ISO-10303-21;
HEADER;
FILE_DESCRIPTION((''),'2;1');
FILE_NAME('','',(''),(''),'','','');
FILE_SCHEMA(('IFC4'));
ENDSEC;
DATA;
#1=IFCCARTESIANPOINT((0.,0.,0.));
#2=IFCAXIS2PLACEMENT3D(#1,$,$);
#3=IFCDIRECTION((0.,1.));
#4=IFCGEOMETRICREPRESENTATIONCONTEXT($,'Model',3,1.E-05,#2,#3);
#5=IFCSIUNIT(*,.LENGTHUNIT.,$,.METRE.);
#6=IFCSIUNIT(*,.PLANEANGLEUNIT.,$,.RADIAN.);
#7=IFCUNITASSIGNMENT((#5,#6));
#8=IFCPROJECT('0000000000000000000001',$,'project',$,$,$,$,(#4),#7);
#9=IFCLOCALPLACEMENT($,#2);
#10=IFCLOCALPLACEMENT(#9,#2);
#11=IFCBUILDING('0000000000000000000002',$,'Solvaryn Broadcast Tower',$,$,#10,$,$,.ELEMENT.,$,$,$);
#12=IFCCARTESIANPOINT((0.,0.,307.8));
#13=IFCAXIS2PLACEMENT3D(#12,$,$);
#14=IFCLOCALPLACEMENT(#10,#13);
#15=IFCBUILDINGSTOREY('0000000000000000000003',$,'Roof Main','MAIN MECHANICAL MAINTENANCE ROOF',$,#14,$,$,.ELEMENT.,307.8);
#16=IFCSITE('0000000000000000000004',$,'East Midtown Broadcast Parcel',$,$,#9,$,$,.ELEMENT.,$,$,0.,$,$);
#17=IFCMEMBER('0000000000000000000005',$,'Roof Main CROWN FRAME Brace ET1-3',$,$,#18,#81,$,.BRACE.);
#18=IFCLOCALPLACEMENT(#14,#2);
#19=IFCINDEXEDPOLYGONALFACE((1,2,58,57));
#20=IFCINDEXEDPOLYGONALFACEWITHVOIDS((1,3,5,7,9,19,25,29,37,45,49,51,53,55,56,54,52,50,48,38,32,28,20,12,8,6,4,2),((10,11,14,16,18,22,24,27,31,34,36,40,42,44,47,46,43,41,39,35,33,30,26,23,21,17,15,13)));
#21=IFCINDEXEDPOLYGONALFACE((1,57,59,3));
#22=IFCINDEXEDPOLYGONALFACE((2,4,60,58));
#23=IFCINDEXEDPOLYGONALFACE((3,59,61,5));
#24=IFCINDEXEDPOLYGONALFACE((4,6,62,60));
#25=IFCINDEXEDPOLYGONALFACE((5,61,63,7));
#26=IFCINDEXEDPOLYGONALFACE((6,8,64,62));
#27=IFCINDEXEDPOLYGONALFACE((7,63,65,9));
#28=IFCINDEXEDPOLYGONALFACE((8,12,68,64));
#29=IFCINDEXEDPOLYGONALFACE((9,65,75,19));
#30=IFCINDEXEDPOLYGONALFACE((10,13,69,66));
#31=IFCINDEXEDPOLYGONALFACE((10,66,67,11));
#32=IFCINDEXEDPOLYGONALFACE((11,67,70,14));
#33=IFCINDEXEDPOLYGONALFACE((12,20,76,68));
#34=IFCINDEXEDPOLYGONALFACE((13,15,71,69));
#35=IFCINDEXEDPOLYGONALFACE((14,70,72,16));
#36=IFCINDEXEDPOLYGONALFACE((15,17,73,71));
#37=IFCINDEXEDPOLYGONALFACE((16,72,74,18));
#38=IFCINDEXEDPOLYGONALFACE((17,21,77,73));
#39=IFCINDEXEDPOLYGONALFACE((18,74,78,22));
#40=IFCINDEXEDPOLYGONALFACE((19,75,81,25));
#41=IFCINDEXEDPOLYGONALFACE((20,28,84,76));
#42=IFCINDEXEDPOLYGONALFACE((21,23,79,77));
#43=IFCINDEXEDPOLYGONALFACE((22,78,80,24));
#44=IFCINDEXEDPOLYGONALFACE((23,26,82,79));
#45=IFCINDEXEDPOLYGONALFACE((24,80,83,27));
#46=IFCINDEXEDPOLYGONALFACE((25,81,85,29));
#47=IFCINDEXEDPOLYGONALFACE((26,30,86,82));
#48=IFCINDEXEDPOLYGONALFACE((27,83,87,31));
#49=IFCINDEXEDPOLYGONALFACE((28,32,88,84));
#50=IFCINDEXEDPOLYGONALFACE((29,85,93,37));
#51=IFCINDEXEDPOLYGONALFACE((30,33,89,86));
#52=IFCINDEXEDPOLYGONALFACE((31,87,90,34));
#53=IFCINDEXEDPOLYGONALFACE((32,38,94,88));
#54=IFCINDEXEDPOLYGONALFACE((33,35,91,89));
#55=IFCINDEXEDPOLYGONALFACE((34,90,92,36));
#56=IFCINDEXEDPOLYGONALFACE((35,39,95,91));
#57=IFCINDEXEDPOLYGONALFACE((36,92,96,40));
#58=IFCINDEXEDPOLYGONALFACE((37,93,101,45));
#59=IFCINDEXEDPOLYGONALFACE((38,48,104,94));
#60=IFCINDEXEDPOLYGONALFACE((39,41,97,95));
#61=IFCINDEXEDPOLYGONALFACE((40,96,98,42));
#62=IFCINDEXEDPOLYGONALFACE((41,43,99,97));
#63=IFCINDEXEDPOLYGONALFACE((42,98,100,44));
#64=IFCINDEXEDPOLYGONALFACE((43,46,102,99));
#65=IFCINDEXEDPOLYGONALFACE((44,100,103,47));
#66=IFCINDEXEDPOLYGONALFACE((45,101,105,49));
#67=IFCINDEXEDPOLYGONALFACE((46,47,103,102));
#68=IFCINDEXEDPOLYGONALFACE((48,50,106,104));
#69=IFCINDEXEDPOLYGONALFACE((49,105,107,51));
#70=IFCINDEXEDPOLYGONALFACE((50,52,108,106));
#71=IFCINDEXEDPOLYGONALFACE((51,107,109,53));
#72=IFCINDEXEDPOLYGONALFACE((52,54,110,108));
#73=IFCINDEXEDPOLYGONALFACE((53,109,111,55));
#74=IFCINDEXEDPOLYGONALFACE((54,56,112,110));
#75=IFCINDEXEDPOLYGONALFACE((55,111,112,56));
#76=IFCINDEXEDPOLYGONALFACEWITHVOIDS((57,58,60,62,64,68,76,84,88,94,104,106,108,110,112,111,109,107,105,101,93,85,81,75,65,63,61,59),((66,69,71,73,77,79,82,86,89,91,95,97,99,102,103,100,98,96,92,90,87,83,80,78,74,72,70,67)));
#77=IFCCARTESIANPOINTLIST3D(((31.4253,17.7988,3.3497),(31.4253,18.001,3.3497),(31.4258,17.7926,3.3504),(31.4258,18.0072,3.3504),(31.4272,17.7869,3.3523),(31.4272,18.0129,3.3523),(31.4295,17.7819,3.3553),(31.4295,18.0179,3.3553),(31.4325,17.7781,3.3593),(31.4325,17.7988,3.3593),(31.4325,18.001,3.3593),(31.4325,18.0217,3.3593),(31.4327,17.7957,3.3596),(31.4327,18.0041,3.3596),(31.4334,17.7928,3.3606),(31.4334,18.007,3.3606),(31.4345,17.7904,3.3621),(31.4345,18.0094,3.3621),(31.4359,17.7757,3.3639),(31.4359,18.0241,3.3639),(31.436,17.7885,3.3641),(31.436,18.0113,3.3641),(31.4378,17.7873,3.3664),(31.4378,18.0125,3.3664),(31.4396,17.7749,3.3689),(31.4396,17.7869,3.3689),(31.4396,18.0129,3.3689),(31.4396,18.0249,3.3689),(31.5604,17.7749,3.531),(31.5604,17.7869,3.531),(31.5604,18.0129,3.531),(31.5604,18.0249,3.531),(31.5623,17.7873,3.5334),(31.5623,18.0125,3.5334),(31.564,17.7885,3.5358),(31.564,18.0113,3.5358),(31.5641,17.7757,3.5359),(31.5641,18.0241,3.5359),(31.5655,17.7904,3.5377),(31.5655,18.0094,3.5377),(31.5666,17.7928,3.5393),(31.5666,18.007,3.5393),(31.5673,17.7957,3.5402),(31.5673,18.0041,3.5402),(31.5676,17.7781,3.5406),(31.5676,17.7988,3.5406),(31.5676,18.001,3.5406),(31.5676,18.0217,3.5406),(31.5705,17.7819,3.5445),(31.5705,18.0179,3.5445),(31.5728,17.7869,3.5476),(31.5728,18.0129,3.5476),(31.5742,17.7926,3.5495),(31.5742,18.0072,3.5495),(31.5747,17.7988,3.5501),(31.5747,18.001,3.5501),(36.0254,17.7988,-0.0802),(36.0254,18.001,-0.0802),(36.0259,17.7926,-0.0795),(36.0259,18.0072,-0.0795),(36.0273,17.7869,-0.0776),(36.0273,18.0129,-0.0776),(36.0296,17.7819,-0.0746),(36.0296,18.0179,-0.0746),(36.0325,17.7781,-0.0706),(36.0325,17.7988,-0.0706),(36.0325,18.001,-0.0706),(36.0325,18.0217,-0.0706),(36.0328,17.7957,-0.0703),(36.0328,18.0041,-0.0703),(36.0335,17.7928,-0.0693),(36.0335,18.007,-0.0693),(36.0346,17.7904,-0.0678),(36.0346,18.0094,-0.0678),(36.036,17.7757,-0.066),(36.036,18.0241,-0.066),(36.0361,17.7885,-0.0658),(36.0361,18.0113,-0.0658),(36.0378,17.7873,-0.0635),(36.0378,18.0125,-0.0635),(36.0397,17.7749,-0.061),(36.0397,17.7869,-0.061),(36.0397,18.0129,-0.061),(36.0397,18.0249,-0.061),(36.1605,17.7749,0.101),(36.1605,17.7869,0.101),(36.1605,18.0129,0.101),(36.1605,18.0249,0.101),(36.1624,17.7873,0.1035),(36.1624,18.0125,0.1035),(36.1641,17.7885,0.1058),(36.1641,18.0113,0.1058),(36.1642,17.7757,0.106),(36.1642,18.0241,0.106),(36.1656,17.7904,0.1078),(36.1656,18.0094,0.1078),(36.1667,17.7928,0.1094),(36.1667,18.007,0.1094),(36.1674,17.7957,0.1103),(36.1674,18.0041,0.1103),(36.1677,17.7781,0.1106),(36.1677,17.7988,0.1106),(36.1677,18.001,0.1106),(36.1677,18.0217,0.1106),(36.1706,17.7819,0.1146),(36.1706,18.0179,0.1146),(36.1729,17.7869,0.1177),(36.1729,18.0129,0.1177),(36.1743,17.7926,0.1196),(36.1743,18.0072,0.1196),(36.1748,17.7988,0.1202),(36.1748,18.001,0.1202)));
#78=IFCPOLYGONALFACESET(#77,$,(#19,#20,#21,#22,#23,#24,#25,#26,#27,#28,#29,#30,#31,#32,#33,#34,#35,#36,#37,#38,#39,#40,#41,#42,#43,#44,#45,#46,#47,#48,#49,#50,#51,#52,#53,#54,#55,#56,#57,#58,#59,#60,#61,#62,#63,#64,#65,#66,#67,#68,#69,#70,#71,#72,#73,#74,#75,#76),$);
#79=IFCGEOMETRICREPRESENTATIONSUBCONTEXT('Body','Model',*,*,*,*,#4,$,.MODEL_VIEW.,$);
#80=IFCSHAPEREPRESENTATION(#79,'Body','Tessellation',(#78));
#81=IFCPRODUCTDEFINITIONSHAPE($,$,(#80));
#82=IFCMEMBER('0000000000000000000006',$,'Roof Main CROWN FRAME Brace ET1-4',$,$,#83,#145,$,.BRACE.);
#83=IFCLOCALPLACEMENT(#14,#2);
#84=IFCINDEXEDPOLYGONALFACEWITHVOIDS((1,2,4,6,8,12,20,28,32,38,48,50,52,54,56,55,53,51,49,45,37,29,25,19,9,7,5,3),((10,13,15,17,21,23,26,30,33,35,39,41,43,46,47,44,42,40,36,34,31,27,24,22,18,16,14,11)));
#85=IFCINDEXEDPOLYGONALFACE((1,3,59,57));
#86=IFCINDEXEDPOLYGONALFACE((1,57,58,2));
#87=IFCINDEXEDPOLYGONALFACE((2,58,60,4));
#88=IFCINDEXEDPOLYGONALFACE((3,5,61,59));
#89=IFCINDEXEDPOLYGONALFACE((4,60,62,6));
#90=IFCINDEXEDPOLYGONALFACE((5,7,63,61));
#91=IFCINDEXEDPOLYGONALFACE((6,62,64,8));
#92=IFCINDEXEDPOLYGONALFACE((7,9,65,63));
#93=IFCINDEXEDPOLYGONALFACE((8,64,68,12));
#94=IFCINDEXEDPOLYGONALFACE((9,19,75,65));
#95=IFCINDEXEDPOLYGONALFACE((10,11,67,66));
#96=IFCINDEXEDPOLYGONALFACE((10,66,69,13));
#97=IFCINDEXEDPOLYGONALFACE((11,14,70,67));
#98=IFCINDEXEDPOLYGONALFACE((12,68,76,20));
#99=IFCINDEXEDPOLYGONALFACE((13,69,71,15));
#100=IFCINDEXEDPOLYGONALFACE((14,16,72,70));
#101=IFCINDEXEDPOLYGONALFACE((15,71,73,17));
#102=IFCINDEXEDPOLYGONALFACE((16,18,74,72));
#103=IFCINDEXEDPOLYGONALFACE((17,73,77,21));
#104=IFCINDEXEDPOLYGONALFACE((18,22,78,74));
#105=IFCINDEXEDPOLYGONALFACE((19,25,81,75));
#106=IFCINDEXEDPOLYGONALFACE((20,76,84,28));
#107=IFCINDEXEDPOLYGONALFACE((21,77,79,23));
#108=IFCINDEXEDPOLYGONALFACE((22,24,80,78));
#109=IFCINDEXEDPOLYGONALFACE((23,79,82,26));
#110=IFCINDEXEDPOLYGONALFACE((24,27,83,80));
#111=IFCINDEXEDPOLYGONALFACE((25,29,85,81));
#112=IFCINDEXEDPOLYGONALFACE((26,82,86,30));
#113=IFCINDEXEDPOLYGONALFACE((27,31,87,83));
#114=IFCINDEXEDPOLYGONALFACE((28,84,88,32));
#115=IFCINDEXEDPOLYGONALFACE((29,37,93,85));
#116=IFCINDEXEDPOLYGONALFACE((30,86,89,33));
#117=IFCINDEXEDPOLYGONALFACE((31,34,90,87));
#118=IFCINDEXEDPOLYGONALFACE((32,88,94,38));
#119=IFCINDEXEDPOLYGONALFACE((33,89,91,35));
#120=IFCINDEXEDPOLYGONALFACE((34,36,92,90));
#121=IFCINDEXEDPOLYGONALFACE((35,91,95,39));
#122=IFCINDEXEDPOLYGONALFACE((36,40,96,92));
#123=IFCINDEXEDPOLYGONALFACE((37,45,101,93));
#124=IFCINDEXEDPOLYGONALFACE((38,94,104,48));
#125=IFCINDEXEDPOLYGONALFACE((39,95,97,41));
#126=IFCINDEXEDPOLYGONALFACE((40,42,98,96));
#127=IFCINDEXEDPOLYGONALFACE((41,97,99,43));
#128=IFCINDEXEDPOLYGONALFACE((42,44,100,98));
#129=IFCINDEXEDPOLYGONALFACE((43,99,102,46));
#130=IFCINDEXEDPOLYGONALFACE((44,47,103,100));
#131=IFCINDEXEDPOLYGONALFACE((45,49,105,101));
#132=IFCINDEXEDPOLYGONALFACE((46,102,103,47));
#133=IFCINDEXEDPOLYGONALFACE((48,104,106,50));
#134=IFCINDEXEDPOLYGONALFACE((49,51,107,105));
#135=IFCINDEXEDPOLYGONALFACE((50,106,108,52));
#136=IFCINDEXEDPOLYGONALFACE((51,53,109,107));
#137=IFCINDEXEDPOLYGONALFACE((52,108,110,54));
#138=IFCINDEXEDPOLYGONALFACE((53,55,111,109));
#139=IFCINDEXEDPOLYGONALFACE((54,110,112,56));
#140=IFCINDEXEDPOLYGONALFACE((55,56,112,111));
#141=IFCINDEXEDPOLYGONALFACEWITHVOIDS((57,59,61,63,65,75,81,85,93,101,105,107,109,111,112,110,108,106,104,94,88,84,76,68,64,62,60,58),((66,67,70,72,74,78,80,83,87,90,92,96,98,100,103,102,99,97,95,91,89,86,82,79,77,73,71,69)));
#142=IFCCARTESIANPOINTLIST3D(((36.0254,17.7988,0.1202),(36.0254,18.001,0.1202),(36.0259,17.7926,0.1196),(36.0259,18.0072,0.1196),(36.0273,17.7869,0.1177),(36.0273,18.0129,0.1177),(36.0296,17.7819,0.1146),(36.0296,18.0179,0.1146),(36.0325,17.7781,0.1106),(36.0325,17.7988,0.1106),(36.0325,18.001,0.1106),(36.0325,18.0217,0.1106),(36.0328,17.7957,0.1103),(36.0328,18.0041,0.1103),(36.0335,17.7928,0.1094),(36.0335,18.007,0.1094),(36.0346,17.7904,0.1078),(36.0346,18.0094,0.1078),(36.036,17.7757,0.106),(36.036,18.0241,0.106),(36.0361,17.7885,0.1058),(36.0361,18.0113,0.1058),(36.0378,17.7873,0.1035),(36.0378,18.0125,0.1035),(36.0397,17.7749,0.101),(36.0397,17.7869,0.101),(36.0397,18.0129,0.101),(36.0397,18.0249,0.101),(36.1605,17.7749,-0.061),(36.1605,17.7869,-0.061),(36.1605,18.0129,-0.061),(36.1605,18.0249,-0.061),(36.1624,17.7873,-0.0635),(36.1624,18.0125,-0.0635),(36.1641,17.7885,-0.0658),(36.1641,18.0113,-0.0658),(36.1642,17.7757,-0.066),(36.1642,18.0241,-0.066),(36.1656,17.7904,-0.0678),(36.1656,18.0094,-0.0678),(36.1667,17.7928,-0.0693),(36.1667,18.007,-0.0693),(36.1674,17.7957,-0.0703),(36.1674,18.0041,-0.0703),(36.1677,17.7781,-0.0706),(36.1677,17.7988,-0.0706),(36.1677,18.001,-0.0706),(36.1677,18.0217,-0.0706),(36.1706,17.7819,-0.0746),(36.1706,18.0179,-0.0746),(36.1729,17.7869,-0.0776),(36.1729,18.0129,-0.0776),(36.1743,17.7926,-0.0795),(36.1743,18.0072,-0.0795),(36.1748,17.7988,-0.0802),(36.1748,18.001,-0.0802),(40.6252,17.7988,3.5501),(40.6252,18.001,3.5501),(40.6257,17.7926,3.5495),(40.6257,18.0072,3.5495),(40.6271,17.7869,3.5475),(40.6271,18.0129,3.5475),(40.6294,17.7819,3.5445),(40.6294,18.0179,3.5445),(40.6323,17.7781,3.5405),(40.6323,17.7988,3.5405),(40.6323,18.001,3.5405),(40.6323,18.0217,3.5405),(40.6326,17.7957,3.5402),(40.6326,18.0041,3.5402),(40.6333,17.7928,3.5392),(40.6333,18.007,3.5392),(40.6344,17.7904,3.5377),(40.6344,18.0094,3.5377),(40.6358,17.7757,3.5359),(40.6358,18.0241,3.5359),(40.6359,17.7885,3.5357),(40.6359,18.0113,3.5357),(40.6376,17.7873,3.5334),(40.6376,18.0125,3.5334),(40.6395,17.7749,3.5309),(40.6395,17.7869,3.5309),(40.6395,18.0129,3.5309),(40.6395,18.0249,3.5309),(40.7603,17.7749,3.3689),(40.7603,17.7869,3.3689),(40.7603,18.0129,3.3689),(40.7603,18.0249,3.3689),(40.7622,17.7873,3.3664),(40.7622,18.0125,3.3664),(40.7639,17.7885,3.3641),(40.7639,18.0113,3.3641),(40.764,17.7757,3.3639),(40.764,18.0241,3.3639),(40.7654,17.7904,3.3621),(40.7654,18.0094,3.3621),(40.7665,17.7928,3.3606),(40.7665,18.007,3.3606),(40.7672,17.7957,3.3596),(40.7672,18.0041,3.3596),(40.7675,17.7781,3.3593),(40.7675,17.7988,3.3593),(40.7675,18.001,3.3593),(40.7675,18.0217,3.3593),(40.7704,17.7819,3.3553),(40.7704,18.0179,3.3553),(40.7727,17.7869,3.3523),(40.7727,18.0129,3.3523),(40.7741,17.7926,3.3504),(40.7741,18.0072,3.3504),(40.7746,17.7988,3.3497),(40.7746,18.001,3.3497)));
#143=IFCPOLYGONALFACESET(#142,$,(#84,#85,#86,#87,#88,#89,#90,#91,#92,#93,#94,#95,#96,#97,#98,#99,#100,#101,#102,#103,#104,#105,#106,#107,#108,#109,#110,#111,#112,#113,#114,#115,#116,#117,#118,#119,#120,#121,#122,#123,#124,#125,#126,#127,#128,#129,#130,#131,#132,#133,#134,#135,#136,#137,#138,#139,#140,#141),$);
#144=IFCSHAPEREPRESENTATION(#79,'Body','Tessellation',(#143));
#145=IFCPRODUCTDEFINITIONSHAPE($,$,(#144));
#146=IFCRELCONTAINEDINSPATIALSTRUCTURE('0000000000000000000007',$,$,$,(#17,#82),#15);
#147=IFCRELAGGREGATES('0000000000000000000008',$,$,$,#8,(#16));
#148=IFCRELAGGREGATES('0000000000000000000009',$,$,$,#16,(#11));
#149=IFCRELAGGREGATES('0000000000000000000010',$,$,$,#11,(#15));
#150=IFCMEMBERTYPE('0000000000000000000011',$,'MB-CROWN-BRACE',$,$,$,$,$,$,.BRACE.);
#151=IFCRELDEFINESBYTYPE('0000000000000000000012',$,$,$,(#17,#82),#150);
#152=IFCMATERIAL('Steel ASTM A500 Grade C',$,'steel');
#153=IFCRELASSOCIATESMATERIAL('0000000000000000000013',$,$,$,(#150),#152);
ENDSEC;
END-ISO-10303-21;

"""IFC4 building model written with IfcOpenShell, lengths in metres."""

from ifc_helpers import new_model, si_unit, direction, frame, origin, origin_2d, place, context, subcontext, project, spatial, hollow_rectangle, extrude, material, material_profile, profile_set, type_object, element, save


model = new_model("IFC4")

# Units and contexts
model_context = context("Model", 3, precision=1e-05, world=origin(), true_north=direction((0.0, 1.0)))
body_context = subcontext(model_context, "Body", "Model", "MODEL_VIEW")
ifc_project = project(units=[si_unit("LENGTHUNIT", "METRE"), si_unit("PLANEANGLEUNIT", "RADIAN")], contexts=[model_context])

# Site, building, storey
site_placement = place(None, origin())
site = spatial("IfcSite", under=ifc_project, at=site_placement, Name="East Midtown Broadcast Parcel", CompositionType="ELEMENT", RefElevation=0.0)
building_placement = place(site_placement, origin())
building = spatial("IfcBuilding", under=site, at=building_placement, Name="Solvaryn Broadcast Tower", CompositionType="ELEMENT")
storey_placement = place(building_placement, frame((0.0, 0.0, 307.8)))
storey = spatial("IfcBuildingStorey", under=building, at=storey_placement, Name="Roof Main", Description="MAIN MECHANICAL MAINTENANCE ROOF", CompositionType="ELEMENT", Elevation=307.8)

# Members
ifc_material_1 = material(Name="Steel ASTM A500 Grade C", Category="steel")
ifc_material_profile_1 = material_profile(ifc_material_1, hollow_rectangle(XDim=0.25, YDim=0.25, WallThickness=0.012, InnerFilletRadius=0.012, OuterFilletRadius=0.0239, at=origin_2d()))
ifc_profile_set_1 = profile_set([ifc_material_profile_1], Name="Steel ASTM A500 Grade C")
member_type_1 = type_object("IfcMemberType", Name="MB-CROWN-BRACE", PredefinedType="BRACE", material=ifc_profile_set_1)
member_1_placement = place(storey_placement, frame((36.1001, 17.8999, 0.02), z_axis=(-0.801682, 0.0, 0.597751), x_axis=(0.0, -1.0, 0.0)))
element("IfcMember", 1, at=member_1_placement, inside=storey, type_object=member_type_1, Name="Roof Main CROWN FRAME Brace ET1-3", PredefinedType="BRACE", context=body_context, shape_type="SweptSolid", body=[
    extrude(hollow_rectangle(XDim=0.25, YDim=0.25, WallThickness=0.012, InnerFilletRadius=0.012, OuterFilletRadius=0.0239, at=origin_2d()), origin(), (0.0, 0.0, 1.0), 5.738),
])
member_2_placement = place(storey_placement, frame((36.1001, 17.8999, 0.02), z_axis=(0.801667, 0.0, 0.597772), x_axis=(0.0, 1.0, 0.0)))
element("IfcMember", 2, at=member_2_placement, inside=storey, type_object=member_type_1, Name="Roof Main CROWN FRAME Brace ET1-4", PredefinedType="BRACE", context=body_context, shape_type="SweptSolid", body=[
    extrude(hollow_rectangle(XDim=0.25, YDim=0.25, WallThickness=0.012, InnerFilletRadius=0.012, OuterFilletRadius=0.0239, at=origin_2d()), origin(), (0.0, 0.0, 1.0), 5.7378),
])

save(model, "model.ifc")
